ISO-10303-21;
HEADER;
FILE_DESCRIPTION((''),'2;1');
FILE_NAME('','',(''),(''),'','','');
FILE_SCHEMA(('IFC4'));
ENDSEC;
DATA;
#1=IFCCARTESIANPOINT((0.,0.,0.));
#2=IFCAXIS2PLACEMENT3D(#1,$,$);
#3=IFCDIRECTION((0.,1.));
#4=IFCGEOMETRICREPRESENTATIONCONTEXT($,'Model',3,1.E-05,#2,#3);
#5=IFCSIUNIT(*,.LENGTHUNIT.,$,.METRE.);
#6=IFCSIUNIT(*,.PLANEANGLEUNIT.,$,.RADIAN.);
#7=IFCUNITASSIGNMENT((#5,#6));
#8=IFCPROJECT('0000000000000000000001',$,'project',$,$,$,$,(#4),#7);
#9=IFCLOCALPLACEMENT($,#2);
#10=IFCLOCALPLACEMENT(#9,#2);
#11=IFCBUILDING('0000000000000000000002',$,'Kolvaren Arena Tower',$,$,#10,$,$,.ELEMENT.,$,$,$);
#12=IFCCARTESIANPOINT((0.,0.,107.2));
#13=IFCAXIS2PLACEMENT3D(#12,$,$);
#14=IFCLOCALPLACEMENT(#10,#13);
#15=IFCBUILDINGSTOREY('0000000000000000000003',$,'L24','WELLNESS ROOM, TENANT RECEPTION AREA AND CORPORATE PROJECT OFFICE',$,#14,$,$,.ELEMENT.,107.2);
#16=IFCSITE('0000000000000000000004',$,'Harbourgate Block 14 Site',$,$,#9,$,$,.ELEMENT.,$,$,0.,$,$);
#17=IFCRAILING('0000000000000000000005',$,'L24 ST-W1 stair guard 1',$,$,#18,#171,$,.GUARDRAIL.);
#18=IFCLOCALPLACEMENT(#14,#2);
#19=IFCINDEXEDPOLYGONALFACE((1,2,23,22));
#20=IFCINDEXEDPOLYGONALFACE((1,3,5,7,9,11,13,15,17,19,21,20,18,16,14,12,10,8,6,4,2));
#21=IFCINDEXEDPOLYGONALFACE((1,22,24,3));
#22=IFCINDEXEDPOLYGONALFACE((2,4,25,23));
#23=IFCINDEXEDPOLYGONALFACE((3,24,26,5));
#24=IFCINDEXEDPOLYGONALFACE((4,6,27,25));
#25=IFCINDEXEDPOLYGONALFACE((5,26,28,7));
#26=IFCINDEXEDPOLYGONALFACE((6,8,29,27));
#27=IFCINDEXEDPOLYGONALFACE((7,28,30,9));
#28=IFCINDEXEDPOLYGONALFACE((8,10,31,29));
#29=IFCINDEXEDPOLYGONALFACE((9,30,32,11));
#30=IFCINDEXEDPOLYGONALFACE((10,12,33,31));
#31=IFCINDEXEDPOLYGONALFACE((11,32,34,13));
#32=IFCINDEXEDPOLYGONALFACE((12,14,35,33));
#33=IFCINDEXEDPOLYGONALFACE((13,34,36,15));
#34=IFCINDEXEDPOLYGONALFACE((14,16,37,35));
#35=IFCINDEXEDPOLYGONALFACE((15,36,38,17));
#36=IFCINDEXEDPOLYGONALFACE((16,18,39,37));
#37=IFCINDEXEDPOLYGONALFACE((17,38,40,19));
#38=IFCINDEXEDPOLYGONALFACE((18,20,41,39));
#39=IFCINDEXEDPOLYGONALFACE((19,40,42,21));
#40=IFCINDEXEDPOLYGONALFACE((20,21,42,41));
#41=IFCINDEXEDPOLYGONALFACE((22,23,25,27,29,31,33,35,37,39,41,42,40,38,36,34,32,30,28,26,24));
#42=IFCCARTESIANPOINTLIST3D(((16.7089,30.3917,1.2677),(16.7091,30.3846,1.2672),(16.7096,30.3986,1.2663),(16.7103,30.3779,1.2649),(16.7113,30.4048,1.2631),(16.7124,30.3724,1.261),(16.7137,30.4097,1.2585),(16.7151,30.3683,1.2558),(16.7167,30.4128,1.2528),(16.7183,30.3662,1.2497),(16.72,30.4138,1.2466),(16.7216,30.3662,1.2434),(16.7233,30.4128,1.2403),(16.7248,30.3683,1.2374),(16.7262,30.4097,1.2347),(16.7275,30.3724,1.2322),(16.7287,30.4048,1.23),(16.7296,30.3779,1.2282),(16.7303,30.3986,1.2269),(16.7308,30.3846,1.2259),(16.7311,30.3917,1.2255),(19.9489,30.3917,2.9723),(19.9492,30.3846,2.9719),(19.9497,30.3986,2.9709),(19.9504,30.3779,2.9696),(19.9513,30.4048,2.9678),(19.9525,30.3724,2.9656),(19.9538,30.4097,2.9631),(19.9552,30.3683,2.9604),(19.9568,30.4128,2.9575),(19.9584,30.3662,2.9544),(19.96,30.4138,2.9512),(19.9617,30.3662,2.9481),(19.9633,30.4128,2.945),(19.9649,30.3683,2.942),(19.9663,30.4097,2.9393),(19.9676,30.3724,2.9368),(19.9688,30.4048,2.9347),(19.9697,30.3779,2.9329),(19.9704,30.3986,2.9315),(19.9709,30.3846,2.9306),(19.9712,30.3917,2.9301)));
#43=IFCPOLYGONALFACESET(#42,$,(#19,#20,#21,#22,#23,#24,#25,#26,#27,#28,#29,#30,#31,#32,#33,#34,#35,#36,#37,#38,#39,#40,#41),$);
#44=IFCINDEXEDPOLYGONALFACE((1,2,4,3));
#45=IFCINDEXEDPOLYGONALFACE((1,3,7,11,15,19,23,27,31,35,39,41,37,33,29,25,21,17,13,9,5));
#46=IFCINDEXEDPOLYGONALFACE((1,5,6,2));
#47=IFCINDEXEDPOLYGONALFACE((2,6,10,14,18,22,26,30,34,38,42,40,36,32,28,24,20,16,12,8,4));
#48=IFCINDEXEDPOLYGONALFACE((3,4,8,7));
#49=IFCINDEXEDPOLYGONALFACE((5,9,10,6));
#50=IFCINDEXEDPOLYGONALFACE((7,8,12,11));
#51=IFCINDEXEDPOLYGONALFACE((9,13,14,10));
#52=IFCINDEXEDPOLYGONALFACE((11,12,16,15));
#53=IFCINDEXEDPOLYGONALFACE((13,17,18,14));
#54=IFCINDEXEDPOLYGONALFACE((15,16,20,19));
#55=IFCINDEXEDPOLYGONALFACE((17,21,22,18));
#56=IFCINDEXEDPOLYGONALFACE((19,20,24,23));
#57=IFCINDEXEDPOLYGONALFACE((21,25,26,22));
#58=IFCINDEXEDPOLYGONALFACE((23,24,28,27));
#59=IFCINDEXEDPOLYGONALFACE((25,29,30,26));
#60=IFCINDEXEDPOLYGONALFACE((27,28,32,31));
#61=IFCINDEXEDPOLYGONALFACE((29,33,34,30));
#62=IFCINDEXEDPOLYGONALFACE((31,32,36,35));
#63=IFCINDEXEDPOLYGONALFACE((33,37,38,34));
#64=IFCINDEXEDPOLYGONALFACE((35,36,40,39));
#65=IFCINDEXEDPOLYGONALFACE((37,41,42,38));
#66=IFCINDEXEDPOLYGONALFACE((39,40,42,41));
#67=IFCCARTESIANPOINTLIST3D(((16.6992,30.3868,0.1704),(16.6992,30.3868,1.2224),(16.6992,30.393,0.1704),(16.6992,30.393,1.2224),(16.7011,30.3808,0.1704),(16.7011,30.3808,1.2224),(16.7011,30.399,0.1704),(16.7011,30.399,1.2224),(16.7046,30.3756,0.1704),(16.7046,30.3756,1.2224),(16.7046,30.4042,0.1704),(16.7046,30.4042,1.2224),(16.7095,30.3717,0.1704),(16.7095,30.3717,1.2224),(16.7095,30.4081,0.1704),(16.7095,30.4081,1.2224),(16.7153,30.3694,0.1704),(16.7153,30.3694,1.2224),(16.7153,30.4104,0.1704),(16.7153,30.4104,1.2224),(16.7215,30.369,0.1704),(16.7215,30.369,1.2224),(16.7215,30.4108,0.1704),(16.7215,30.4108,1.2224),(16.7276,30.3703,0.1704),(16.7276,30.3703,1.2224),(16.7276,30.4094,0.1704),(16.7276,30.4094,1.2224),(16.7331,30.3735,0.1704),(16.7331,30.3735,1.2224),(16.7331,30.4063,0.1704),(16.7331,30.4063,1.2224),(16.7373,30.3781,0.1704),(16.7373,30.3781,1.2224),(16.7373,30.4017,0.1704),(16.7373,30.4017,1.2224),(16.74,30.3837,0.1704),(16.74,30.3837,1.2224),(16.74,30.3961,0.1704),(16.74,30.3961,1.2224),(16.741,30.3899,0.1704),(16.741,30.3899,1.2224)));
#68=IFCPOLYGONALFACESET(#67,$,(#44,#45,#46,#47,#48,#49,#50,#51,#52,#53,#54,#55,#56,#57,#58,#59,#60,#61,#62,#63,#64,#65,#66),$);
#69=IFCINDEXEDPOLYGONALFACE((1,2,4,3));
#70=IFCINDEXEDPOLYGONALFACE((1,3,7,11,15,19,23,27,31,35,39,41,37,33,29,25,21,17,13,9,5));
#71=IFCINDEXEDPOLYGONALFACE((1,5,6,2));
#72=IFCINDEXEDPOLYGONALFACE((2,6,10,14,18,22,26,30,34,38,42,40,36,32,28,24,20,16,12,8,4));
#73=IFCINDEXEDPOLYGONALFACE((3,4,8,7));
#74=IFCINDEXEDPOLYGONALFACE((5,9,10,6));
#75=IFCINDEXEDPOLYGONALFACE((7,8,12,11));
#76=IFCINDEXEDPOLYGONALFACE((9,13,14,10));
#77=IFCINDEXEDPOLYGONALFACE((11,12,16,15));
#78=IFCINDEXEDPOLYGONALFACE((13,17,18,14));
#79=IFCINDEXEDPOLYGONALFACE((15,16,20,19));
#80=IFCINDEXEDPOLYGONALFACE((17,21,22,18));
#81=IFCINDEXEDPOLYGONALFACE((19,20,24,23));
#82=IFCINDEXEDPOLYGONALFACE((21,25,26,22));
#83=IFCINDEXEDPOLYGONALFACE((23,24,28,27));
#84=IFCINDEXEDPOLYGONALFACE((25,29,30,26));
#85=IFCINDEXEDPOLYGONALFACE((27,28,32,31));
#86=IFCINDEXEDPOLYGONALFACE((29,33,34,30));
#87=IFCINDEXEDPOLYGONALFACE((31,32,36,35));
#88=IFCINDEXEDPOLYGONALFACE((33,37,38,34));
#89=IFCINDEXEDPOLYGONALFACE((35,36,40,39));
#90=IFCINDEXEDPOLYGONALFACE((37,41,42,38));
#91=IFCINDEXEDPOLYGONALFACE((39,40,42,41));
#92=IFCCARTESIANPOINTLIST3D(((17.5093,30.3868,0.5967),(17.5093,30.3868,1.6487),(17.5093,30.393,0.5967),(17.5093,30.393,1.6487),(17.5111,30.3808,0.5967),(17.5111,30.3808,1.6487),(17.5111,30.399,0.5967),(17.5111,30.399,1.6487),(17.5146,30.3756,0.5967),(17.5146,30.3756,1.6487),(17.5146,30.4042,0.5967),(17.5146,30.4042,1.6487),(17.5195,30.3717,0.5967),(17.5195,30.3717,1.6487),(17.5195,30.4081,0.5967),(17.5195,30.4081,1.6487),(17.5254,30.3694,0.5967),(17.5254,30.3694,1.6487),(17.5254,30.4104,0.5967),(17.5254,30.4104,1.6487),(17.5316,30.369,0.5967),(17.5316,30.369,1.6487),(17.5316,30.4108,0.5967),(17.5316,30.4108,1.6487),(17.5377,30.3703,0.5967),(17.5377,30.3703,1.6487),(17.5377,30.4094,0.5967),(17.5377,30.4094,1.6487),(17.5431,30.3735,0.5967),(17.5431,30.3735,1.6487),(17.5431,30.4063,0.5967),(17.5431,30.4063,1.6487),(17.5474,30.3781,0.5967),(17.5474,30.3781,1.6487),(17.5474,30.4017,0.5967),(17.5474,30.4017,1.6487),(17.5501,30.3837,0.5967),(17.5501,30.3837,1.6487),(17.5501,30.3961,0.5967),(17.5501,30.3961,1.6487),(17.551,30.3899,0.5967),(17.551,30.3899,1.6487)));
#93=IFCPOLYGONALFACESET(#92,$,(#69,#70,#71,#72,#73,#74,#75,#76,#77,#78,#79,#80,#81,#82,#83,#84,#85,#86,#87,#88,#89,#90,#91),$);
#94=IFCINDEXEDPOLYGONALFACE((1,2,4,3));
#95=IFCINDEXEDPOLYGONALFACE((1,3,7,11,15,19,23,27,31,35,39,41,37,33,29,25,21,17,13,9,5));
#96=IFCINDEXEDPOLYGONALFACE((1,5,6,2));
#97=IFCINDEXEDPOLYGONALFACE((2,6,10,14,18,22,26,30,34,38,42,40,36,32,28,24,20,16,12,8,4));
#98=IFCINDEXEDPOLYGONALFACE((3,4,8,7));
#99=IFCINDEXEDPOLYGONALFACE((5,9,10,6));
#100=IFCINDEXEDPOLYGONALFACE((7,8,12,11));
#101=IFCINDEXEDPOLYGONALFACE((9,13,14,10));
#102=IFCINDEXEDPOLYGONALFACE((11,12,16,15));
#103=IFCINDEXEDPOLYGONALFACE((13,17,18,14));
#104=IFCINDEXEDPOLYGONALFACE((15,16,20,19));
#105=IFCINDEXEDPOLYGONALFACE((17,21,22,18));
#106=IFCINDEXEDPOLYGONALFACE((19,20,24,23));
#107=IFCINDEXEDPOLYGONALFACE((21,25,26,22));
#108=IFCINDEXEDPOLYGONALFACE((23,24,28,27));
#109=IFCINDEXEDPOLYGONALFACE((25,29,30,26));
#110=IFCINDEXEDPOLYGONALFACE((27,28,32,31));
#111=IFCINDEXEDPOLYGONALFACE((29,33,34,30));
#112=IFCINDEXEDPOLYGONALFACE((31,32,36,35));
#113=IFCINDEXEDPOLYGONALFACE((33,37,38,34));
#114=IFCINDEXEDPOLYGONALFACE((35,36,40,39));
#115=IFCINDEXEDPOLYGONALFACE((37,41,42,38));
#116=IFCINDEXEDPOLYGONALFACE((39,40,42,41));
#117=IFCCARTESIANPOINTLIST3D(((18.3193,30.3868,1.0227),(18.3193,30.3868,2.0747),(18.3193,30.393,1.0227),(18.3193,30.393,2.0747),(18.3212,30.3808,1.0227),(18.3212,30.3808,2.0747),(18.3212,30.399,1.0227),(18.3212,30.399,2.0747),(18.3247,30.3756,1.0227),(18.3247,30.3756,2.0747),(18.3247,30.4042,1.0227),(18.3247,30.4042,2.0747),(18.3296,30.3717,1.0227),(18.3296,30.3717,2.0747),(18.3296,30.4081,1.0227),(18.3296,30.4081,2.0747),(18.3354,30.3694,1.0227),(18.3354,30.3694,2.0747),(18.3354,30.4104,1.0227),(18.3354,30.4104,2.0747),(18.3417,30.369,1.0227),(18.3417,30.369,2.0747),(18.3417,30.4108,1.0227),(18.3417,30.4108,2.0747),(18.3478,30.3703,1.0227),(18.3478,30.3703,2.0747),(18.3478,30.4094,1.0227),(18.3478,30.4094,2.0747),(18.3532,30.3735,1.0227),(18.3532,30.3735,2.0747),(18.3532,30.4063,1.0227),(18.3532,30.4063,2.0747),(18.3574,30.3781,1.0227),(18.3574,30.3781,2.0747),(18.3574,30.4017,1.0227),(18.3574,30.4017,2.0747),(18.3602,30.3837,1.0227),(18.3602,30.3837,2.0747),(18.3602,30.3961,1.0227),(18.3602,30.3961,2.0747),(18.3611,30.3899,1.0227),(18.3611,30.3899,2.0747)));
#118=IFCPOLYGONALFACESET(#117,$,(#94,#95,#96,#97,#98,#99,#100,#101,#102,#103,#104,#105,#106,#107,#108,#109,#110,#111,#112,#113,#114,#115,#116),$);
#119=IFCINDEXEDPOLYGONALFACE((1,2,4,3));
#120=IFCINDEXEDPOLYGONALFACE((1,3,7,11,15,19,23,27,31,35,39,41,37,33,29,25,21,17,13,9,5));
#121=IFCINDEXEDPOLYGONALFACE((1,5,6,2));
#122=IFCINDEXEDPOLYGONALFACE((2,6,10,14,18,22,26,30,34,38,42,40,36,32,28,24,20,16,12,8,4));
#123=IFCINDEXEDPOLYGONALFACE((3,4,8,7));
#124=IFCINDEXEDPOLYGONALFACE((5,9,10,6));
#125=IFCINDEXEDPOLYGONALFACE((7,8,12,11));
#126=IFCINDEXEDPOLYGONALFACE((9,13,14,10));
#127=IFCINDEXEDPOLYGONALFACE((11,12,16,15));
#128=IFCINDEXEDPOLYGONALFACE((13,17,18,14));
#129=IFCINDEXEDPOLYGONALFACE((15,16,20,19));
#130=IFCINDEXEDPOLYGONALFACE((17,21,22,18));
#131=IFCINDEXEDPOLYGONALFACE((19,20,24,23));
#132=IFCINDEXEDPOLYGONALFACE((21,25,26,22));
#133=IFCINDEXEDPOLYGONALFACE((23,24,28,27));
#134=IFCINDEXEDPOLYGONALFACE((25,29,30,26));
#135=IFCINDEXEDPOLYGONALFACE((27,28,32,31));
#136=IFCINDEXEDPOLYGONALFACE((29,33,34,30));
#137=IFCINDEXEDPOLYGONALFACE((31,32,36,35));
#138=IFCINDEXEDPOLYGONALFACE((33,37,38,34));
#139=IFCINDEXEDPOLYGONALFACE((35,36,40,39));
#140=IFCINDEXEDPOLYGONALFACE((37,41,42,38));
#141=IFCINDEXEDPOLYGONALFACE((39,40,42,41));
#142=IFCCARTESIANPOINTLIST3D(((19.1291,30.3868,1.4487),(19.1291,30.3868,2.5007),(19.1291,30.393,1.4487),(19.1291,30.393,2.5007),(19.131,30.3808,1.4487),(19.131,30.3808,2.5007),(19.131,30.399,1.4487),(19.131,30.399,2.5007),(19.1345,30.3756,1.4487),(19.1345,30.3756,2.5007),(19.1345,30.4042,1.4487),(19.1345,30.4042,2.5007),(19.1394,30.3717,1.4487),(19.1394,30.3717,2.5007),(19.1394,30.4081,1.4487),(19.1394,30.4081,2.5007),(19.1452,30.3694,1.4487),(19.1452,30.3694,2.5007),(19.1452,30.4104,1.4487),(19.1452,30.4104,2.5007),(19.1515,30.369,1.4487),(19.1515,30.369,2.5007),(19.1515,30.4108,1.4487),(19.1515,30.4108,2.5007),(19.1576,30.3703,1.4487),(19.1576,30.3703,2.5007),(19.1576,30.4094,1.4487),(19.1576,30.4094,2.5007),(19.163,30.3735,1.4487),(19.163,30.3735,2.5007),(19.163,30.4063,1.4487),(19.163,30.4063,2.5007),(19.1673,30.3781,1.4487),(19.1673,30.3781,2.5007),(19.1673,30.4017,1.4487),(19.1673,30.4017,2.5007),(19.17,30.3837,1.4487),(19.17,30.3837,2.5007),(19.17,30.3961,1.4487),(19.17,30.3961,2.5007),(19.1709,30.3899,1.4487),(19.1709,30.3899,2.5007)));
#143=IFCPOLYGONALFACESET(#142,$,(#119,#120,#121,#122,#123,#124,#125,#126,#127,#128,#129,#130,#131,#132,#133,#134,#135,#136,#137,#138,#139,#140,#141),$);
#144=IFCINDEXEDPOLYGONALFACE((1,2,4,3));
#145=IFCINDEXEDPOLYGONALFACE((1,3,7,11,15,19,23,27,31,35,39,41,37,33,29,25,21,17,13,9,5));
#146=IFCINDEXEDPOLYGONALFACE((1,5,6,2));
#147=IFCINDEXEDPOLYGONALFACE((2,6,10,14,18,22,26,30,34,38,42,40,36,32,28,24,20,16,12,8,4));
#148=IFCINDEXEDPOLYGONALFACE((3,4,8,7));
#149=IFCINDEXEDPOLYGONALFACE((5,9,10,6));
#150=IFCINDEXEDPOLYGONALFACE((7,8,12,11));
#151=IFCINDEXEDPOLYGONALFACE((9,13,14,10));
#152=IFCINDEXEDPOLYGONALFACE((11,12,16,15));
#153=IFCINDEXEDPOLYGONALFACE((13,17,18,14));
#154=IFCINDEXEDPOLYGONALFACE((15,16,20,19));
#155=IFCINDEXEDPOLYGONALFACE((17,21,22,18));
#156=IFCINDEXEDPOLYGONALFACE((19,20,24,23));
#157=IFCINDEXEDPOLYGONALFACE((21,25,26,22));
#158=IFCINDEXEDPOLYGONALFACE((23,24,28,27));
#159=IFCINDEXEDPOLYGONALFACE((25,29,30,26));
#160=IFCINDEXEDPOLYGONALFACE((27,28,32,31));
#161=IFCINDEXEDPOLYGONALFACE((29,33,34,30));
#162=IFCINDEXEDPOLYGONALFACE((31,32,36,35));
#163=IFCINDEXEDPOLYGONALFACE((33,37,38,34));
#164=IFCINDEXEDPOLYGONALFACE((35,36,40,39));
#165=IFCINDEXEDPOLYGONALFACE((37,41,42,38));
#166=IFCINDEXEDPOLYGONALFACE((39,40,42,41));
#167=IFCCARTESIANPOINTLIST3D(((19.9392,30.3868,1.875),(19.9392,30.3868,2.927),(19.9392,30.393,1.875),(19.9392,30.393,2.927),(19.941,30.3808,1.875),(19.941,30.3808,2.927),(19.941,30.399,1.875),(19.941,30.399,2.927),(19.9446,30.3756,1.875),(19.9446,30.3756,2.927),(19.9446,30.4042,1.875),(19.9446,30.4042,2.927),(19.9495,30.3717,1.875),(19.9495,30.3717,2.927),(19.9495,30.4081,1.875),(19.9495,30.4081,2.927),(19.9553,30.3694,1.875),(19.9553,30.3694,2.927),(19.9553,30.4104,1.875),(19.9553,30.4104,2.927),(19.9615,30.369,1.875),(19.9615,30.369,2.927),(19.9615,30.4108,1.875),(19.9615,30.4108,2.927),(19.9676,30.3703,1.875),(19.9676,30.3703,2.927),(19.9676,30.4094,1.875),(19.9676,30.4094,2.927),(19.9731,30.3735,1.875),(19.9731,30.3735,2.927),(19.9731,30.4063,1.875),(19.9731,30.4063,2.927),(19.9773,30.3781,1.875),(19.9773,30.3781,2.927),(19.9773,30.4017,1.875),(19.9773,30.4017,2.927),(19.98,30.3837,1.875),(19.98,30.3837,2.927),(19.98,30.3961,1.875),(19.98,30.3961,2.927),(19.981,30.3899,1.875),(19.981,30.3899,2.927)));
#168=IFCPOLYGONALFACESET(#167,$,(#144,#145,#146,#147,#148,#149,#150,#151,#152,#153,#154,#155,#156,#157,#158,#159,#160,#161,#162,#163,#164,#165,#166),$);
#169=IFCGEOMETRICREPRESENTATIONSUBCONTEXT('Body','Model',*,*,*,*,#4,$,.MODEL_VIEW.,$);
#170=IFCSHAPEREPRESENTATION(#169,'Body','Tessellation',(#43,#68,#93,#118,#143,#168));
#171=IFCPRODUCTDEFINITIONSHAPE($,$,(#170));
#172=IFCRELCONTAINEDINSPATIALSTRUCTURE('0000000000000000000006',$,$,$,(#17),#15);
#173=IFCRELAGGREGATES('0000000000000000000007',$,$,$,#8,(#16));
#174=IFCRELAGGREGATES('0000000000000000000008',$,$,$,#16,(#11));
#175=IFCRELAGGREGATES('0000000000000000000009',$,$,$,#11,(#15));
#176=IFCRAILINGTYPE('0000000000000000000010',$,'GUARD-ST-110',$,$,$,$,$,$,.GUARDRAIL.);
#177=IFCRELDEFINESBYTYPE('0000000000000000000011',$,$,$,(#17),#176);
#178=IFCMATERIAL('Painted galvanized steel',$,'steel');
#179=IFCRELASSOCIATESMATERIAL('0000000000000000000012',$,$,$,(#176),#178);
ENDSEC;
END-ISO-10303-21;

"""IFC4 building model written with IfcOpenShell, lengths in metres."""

from ifc_helpers import new_model, si_unit, direction, frame, origin, origin_2d, place, context, subcontext, project, spatial, circle, extrude, material, type_object, element, save


model = new_model("IFC4")

# Units and contexts
model_context = context("Model", 3, precision=1e-05, world=origin(), true_north=direction((0.0, 1.0)))
body_context = subcontext(model_context, "Body", "Model", "MODEL_VIEW")
ifc_project = project(units=[si_unit("LENGTHUNIT", "METRE"), si_unit("PLANEANGLEUNIT", "RADIAN")], contexts=[model_context])

# Site, building, storey
site_placement = place(None, origin())
site = spatial("IfcSite", under=ifc_project, at=site_placement, Name="Harbourgate Block 14 Site", CompositionType="ELEMENT", RefElevation=0.0)
building_placement = place(site_placement, origin())
building = spatial("IfcBuilding", under=site, at=building_placement, Name="Kolvaren Arena Tower", CompositionType="ELEMENT")
storey_placement = place(building_placement, frame((0.0, 0.0, 107.2)))
storey = spatial("IfcBuildingStorey", under=building, at=storey_placement, Name="L24", Description="WELLNESS ROOM, TENANT RECEPTION AREA AND CORPORATE PROJECT OFFICE", CompositionType="ELEMENT", Elevation=107.2)

# Railing
ifc_material_1 = material(Name="Painted galvanized steel", Category="steel")
railing_type_1 = type_object("IfcRailingType", Name="GUARD-ST-110", PredefinedType="GUARDRAIL", material=ifc_material_1)
railing_1_placement = place(storey_placement, frame((16.72, 30.3899, 0.1704)))
element("IfcRailing", 1, at=railing_1_placement, inside=storey, type_object=railing_type_1, Name="L24 ST-W1 stair guard 1", PredefinedType="GUARDRAIL", context=body_context, shape_type="SweptSolid", body=[
    extrude(circle(Radius=0.0239, at=origin_2d()), frame((0.0, 0.0, 1.0762), z_axis=(0.884993, 0.0, 0.465604), x_axis=(0.0, 1.0, 0.0)), (0.0, 0.0, 1.0), 3.6611),
    extrude(circle(Radius=0.021, at=origin_2d()), origin(), (0.0, 0.0, 1.0), 1.052),
    extrude(circle(Radius=0.021, at=origin_2d()), frame((0.8101, 0.0, 0.4263)), (0.0, 0.0, 1.0), 1.052),
    extrude(circle(Radius=0.021, at=origin_2d()), frame((1.6201, 0.0, 0.8523)), (0.0, 0.0, 1.0), 1.052),
    extrude(circle(Radius=0.021, at=origin_2d()), frame((2.4299, 0.0, 1.2783)), (0.0, 0.0, 1.0), 1.052),
    extrude(circle(Radius=0.021, at=origin_2d()), frame((3.24, 0.0, 1.7046)), (0.0, 0.0, 1.0), 1.052),
])

save(model, "model.ifc")
